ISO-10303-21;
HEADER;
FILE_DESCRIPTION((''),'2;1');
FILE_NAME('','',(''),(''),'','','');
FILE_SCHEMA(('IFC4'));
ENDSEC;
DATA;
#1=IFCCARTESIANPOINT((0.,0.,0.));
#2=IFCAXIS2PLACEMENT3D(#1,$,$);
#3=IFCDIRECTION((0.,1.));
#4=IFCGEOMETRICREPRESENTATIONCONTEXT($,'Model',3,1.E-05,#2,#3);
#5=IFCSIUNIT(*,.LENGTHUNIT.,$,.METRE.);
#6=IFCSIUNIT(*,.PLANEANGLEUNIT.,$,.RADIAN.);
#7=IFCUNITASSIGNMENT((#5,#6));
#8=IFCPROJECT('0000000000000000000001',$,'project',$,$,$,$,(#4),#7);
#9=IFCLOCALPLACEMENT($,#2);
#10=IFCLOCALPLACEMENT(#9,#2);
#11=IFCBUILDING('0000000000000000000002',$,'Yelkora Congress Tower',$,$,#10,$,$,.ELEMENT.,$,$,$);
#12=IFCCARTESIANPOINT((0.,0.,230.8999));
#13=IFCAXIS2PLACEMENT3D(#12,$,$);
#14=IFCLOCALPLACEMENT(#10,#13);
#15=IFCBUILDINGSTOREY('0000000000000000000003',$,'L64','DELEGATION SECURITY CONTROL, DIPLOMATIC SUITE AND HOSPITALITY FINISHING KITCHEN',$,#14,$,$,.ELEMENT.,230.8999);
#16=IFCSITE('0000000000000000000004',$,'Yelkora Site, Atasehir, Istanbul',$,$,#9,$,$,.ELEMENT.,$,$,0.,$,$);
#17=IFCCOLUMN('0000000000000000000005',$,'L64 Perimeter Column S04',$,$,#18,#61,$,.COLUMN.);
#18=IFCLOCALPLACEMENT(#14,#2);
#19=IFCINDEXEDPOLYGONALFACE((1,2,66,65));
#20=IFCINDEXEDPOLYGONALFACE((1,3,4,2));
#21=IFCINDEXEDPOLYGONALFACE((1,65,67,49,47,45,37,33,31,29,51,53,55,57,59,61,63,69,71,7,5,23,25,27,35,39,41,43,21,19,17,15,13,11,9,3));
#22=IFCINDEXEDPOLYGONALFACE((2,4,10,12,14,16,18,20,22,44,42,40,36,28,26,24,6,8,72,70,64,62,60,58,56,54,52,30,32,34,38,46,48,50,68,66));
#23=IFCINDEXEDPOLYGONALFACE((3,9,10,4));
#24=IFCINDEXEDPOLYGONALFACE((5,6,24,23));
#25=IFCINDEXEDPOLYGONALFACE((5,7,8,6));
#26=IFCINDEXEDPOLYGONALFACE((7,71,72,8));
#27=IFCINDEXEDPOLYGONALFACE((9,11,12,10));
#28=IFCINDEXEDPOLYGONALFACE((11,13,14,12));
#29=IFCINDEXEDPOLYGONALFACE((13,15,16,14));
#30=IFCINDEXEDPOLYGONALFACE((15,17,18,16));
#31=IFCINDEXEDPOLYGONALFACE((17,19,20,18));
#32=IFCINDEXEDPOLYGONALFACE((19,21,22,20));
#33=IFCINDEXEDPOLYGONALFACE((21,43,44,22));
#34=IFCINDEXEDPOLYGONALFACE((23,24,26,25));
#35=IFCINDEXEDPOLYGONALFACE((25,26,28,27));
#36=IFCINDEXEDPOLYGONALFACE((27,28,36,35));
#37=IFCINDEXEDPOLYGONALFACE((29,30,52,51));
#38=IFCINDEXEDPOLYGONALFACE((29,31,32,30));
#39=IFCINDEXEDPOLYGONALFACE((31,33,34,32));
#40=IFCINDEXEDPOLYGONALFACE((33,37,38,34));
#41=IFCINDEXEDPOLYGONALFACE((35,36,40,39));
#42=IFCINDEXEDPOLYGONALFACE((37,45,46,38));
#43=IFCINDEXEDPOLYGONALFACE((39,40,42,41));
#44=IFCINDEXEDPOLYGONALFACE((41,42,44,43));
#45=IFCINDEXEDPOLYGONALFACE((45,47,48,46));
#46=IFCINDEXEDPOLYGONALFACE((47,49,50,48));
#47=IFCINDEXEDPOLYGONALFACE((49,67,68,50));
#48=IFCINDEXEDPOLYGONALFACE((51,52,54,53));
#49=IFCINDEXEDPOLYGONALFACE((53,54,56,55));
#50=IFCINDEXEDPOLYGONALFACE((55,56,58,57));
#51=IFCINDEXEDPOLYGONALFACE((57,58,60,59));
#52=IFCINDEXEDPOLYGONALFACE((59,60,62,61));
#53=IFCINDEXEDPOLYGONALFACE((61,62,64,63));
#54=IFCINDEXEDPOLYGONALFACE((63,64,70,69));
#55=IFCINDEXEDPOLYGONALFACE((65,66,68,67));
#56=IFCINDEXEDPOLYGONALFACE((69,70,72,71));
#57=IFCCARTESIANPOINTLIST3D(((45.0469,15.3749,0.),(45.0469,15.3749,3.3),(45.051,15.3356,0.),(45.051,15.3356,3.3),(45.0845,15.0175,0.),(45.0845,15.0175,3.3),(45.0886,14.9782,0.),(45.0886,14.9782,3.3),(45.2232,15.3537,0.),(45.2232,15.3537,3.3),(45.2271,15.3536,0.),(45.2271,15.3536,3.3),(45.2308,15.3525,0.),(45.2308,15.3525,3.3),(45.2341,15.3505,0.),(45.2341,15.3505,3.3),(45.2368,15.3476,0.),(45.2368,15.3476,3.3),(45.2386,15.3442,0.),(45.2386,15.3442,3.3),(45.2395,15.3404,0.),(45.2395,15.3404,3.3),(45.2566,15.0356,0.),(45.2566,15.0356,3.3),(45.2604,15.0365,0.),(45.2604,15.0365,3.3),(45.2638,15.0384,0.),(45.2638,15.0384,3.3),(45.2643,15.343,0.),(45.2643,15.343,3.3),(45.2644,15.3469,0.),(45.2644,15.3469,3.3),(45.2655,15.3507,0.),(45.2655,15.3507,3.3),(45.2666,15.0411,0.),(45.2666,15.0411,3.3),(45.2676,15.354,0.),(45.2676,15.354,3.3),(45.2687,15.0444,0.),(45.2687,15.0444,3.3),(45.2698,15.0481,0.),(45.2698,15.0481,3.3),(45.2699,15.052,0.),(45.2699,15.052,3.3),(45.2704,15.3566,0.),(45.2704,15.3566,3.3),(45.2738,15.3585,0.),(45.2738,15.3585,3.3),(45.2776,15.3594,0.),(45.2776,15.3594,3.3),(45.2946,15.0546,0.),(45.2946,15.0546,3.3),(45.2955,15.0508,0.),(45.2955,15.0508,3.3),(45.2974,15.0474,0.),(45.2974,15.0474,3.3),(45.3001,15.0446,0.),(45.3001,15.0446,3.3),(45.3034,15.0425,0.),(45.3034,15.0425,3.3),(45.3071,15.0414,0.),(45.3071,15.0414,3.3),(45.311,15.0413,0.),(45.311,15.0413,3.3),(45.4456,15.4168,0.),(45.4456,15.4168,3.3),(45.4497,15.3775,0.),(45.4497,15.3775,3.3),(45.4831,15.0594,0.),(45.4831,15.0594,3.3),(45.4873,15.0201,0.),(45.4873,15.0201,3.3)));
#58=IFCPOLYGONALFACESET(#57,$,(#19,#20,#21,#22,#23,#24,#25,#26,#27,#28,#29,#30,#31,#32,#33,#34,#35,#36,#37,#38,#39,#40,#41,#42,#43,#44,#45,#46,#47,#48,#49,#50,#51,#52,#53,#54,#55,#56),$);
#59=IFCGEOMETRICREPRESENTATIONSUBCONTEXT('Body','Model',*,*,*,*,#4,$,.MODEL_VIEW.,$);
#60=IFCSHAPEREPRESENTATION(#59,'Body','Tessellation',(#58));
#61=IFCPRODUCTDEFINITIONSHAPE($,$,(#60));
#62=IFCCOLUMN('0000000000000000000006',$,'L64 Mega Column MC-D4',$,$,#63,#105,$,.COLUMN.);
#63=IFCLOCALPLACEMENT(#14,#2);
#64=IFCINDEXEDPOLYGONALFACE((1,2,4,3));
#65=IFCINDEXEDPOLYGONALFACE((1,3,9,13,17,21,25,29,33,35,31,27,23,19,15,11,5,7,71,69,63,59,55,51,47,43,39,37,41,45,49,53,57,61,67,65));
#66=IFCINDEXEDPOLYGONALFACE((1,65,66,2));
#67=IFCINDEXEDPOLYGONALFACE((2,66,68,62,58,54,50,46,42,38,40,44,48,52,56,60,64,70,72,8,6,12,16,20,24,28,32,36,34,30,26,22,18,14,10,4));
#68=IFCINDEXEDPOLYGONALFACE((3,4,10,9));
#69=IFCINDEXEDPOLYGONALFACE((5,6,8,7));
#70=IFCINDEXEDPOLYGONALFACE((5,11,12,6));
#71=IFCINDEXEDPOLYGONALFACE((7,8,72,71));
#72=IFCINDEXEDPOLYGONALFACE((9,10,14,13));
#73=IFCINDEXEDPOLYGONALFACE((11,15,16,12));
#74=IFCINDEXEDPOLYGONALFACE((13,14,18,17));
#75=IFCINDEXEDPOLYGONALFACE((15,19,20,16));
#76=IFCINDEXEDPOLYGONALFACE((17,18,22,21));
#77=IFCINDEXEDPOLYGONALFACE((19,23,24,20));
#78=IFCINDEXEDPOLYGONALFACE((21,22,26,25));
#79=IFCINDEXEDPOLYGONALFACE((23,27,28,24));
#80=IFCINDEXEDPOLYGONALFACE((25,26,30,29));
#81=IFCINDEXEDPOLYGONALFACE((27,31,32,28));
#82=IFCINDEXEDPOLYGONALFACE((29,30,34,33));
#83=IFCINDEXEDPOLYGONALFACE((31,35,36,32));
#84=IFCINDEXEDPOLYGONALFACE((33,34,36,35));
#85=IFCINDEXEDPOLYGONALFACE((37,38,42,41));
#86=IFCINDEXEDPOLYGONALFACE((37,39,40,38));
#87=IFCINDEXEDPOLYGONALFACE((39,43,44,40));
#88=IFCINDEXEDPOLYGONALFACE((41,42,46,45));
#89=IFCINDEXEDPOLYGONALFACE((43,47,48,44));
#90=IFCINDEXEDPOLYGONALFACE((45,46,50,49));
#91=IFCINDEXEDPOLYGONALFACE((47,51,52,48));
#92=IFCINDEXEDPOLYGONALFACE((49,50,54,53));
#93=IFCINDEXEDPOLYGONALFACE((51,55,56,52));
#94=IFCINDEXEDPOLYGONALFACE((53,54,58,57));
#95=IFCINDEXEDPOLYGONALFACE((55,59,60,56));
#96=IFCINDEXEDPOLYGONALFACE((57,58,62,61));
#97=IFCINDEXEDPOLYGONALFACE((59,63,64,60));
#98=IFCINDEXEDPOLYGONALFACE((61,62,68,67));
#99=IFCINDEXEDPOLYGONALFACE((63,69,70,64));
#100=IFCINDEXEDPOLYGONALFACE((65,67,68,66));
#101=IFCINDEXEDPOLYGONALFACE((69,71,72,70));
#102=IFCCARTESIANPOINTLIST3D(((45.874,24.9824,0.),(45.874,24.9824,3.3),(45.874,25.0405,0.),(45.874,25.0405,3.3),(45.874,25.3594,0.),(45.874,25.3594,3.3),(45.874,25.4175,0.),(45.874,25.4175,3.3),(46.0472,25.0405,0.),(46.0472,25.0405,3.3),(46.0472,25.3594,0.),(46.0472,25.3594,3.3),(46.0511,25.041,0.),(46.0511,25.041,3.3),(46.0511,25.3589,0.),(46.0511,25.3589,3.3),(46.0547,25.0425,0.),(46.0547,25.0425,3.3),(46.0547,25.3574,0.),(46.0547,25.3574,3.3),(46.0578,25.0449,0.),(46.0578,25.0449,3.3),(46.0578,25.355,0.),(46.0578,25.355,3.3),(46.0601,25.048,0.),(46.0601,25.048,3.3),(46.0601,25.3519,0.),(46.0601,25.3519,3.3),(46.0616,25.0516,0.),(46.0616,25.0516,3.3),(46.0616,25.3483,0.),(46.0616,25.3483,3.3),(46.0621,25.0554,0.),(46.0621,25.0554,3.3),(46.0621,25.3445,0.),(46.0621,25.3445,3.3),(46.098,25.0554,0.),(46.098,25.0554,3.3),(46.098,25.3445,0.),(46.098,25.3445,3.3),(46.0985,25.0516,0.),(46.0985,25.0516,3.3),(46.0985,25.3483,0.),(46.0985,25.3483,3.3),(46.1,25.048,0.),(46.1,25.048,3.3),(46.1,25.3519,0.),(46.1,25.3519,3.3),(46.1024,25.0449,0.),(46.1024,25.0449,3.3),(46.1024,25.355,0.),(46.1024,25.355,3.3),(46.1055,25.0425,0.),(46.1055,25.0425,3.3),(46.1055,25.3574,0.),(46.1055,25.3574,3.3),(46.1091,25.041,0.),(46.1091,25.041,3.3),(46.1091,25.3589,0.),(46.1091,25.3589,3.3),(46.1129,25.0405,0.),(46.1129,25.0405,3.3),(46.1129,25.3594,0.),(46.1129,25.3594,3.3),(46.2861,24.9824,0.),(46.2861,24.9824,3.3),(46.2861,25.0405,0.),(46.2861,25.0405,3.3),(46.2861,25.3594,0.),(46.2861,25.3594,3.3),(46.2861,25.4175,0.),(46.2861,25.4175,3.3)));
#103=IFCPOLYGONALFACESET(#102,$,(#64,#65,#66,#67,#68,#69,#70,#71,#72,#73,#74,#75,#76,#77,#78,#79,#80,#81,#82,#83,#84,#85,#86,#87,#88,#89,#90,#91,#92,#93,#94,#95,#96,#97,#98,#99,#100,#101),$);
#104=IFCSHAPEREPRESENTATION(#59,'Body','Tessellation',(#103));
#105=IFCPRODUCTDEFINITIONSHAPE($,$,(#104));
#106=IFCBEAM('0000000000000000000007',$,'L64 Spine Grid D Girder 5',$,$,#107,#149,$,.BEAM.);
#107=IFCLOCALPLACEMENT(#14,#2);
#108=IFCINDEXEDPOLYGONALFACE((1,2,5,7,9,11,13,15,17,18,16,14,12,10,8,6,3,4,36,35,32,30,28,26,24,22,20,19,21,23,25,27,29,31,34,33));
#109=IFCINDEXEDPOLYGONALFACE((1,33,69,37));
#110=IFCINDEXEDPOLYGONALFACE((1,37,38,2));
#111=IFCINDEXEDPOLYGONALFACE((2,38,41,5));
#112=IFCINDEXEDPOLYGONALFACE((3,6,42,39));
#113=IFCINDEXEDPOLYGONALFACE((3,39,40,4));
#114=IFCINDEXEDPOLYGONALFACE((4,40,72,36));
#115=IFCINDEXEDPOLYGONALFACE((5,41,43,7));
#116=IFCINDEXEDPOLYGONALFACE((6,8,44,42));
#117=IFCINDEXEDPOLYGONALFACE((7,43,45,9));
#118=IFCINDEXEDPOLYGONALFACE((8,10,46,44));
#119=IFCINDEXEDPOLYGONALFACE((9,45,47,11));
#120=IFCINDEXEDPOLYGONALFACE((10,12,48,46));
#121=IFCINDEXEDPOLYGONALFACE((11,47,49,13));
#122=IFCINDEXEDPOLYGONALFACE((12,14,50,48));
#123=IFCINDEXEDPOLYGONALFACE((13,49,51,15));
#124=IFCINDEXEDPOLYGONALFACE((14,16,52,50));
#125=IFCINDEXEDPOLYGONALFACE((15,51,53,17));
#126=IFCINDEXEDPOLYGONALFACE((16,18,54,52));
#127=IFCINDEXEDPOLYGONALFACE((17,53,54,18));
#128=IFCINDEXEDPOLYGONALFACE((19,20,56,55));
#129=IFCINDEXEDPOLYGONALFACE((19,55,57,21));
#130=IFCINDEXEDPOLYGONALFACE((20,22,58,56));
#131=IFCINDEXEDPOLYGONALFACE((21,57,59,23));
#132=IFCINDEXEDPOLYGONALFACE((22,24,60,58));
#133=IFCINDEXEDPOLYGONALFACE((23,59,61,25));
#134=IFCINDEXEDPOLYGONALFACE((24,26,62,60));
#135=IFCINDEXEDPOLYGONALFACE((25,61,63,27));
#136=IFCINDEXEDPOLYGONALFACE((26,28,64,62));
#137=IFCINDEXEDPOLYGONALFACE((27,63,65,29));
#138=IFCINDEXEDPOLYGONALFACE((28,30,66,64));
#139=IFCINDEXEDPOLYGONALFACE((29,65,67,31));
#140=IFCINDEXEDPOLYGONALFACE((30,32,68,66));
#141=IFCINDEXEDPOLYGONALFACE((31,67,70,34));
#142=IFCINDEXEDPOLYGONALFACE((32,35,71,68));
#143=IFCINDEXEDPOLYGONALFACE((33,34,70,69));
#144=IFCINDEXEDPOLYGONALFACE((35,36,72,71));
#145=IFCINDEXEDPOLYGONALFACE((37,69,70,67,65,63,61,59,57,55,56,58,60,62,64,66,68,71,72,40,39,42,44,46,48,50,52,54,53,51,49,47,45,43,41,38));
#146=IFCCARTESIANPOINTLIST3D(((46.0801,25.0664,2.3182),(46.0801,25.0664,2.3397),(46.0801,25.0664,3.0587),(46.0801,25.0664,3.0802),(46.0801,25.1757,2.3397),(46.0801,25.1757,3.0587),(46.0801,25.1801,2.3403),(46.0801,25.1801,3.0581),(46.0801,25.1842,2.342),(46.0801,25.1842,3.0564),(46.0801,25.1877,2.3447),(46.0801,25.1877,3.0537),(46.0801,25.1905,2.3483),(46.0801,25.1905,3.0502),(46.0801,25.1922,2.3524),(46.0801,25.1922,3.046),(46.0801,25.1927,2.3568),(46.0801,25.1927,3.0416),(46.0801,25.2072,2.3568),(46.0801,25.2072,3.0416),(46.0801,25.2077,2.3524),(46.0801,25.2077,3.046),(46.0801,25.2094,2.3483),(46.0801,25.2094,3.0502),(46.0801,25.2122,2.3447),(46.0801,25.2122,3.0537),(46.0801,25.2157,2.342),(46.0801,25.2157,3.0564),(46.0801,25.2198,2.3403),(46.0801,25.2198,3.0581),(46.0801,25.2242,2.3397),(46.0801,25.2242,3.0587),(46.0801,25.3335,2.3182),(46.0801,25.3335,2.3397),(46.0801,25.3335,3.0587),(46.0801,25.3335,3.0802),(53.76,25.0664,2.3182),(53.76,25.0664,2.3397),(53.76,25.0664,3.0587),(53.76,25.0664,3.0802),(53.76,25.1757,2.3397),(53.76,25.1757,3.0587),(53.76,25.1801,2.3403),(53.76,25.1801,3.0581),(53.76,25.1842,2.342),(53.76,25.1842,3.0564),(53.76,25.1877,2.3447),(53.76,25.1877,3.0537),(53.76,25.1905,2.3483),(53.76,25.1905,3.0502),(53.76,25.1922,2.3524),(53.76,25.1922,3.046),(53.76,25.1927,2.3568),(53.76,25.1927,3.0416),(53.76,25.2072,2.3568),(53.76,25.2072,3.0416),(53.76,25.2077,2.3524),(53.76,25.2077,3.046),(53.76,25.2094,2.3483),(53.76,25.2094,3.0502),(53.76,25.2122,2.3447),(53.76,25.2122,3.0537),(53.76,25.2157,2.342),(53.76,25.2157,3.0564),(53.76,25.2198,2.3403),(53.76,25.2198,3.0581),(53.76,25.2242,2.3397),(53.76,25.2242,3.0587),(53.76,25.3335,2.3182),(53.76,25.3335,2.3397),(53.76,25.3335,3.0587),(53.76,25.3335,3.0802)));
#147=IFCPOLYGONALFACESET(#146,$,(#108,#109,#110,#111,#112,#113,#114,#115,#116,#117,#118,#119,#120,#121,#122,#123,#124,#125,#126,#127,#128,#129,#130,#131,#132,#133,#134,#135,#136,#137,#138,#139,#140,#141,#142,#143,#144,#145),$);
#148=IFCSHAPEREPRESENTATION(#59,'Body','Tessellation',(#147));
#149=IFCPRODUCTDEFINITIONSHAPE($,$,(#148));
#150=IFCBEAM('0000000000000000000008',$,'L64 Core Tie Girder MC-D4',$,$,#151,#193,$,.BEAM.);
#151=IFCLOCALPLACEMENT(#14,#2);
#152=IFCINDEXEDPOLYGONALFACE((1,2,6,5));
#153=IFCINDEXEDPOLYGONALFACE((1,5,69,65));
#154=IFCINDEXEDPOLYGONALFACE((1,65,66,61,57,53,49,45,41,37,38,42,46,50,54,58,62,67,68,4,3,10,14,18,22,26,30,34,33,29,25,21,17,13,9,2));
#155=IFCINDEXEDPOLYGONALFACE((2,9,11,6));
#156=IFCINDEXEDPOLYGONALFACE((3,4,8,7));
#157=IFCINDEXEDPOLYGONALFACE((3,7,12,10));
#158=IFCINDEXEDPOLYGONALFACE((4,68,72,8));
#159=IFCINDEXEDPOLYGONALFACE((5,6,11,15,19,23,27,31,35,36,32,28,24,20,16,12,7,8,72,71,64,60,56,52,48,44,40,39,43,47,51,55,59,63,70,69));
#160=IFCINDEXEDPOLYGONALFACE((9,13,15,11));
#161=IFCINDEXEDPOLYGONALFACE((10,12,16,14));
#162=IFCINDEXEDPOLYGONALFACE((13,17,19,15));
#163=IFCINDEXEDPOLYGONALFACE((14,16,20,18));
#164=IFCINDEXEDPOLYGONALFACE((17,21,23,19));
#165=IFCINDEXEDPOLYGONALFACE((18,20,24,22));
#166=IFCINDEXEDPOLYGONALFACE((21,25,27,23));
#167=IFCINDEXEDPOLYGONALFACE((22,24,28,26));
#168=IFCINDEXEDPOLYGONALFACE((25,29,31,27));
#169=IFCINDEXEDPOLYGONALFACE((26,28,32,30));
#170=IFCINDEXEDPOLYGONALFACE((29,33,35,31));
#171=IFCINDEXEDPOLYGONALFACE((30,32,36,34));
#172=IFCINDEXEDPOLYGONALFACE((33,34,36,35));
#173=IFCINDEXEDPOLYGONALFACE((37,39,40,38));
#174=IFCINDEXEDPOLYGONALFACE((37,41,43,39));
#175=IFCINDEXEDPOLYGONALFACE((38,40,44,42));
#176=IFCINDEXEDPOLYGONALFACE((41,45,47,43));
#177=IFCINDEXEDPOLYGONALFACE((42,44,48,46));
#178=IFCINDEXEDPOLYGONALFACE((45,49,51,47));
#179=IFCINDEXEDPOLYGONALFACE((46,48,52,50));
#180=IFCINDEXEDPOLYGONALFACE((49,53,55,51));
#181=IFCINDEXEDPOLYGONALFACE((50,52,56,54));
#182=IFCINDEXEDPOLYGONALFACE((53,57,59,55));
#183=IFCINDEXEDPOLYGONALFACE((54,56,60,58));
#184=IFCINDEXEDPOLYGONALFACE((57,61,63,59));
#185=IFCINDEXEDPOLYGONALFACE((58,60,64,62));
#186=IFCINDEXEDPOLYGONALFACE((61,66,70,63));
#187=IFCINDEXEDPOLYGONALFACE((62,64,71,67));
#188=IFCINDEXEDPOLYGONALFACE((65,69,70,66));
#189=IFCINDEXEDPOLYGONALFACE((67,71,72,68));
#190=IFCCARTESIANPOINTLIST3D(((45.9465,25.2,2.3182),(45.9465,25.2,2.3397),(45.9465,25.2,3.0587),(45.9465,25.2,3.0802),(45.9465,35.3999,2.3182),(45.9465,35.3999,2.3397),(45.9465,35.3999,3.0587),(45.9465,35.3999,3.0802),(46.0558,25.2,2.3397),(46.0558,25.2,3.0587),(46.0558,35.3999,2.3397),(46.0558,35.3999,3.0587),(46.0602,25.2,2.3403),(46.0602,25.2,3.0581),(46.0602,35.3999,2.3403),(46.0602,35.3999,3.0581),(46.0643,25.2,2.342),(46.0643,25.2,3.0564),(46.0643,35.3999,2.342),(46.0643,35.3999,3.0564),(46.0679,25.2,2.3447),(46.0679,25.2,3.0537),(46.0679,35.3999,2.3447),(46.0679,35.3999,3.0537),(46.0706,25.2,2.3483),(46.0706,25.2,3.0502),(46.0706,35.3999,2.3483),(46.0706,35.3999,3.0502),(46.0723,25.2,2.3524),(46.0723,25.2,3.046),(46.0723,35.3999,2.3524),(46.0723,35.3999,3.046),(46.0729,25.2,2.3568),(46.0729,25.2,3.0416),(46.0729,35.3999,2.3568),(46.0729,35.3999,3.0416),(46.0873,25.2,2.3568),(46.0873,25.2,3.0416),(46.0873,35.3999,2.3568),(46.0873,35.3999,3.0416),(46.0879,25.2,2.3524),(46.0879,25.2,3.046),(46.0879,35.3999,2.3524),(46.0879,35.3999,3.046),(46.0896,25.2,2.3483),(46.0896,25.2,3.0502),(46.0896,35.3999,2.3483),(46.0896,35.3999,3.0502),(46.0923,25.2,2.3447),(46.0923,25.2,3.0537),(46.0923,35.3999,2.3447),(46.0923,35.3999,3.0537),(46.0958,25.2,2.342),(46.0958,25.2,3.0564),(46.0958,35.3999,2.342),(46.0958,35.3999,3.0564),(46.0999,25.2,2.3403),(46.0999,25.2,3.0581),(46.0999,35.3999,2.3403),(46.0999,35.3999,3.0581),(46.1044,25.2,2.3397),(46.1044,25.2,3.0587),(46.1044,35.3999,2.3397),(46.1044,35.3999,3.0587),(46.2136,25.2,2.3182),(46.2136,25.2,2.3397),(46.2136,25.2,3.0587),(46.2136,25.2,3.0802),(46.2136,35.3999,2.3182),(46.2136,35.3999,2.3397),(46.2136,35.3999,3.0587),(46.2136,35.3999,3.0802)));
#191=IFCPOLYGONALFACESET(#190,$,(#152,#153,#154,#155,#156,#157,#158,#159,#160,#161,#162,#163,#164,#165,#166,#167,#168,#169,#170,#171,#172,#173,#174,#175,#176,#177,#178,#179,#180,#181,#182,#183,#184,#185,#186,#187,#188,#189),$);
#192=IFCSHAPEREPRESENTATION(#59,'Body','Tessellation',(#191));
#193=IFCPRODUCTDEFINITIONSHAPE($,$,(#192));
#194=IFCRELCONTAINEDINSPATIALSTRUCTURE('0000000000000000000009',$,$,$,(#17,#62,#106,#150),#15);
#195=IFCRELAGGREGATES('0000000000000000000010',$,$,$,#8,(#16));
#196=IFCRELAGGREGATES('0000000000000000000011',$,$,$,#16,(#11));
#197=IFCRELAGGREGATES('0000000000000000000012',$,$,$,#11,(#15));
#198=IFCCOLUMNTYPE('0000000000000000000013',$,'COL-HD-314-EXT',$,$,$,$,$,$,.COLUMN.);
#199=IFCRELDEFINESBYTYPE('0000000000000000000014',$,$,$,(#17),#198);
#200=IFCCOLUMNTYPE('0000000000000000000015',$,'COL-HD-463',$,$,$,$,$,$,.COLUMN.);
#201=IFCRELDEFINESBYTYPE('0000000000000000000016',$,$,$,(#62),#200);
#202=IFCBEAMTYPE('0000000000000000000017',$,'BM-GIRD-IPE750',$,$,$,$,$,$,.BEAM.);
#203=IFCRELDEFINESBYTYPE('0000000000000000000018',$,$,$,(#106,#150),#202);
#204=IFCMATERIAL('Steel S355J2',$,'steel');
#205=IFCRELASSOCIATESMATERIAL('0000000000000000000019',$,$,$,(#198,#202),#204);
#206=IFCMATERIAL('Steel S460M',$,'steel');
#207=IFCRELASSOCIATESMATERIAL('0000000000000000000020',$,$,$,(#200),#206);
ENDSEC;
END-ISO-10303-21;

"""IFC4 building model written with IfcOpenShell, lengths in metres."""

from ifc_helpers import new_model, si_unit, direction, frame, origin, origin_2d, place, context, subcontext, project, spatial, i_section, extrude, material, material_profile, profile_set, type_object, element, save


model = new_model("IFC4")

# Units and contexts
model_context = context("Model", 3, precision=1e-05, world=origin(), true_north=direction((0.0, 1.0)))
body_context = subcontext(model_context, "Body", "Model", "MODEL_VIEW")
ifc_project = project(units=[si_unit("LENGTHUNIT", "METRE"), si_unit("PLANEANGLEUNIT", "RADIAN")], contexts=[model_context])

# Site, building, storey
site_placement = place(None, origin())
site = spatial("IfcSite", under=ifc_project, at=site_placement, Name="Yelkora Site, Atasehir, Istanbul", CompositionType="ELEMENT", RefElevation=0.0)
building_placement = place(site_placement, origin())
building = spatial("IfcBuilding", under=site, at=building_placement, Name="Yelkora Congress Tower", CompositionType="ELEMENT")
storey_placement = place(building_placement, frame((0.0, 0.0, 230.8999)))
storey = spatial("IfcBuildingStorey", under=building, at=storey_placement, Name="L64", Description="DELEGATION SECURITY CONTROL, DIPLOMATIC SUITE AND HOSPITALITY FINISHING KITCHEN", CompositionType="ELEMENT", Elevation=230.8999)

# Columns
ifc_material_1 = material(Name="Steel S355J2", Category="steel")
ifc_material_profile_1 = material_profile(ifc_material_1, i_section(OverallWidth=0.4009, OverallDepth=0.3989, WebThickness=0.0249, FlangeThickness=0.0396, FilletRadius=0.0149, at=origin_2d()), Name="HD 400x314")
ifc_profile_set_1 = profile_set([ifc_material_profile_1], Name="Steel S355J2")
column_type_1 = type_object("IfcColumnType", Name="COL-HD-314-EXT", PredefinedType="COLUMN", material=ifc_profile_set_1)
column_1_placement = place(storey_placement, frame((45.2671, 15.1975, 0.0), z_axis=(0.0, 0.0, 1.0), x_axis=(0.994522, 0.104528, 0.0)))
element("IfcColumn", 1, at=column_1_placement, inside=storey, type_object=column_type_1, Name="L64 Perimeter Column S04", PredefinedType="COLUMN", context=body_context, shape_type="SweptSolid", body=[
    extrude(i_section(OverallWidth=0.4009, OverallDepth=0.3989, WebThickness=0.0249, FlangeThickness=0.0396, FilletRadius=0.0149, at=origin_2d()), origin(), (0.0, 0.0, 1.0), 3.3),
])
ifc_material_2 = material(Name="Steel S460M", Category="steel")
ifc_material_profile_2 = material_profile(ifc_material_2, i_section(OverallWidth=0.4121, OverallDepth=0.4351, WebThickness=0.0359, FlangeThickness=0.0581, FilletRadius=0.0149, at=origin_2d()), Name="HD 400x463")
ifc_profile_set_2 = profile_set([ifc_material_profile_2], Name="Steel S460M")
column_type_2 = type_object("IfcColumnType", Name="COL-HD-463", PredefinedType="COLUMN", material=ifc_profile_set_2)
column_2_placement = place(storey_placement, frame((46.0801, 25.2, 0.0), z_axis=(0.0, 0.0, 1.0), x_axis=(1.0, 0.0, 0.0)))
element("IfcColumn", 2, at=column_2_placement, inside=storey, type_object=column_type_2, Name="L64 Mega Column MC-D4", PredefinedType="COLUMN", context=body_context, shape_type="SweptSolid", body=[
    extrude(i_section(OverallWidth=0.4121, OverallDepth=0.4351, WebThickness=0.0359, FlangeThickness=0.0581, FilletRadius=0.0149, at=origin_2d()), origin(), (0.0, 0.0, 1.0), 3.3),
])

# Beams
ifc_material_profile_3 = material_profile(ifc_material_1, i_section(OverallWidth=0.2671, OverallDepth=0.762, WebThickness=0.0144, FlangeThickness=0.0215, FilletRadius=0.0171, at=origin_2d()), Name="IPE 750x173")
ifc_profile_set_3 = profile_set([ifc_material_profile_3], Name="Steel S355J2")
beam_type_1 = type_object("IfcBeamType", Name="BM-GIRD-IPE750", PredefinedType="BEAM", material=ifc_profile_set_3)
beam_1_placement = place(storey_placement, frame((46.0801, 25.2, 2.6992), z_axis=(1.0, 0.0, 0.0), x_axis=(0.0, 1.0, 0.0)))
element("IfcBeam", 3, at=beam_1_placement, inside=storey, type_object=beam_type_1, Name="L64 Spine Grid D Girder 5", PredefinedType="BEAM", context=body_context, shape_type="SweptSolid", body=[
    extrude(i_section(OverallWidth=0.2671, OverallDepth=0.762, WebThickness=0.0144, FlangeThickness=0.0215, FilletRadius=0.0171, at=origin_2d()), origin(), (0.0, 0.0, 1.0), 7.6799),
])
beam_2_placement = place(storey_placement, frame((46.0801, 25.2, 2.6992), z_axis=(0.0, 1.0, 0.0), x_axis=(-1.0, 0.0, 0.0)))
element("IfcBeam", 4, at=beam_2_placement, inside=storey, type_object=beam_type_1, Name="L64 Core Tie Girder MC-D4", PredefinedType="BEAM", context=body_context, shape_type="SweptSolid", body=[
    extrude(i_section(OverallWidth=0.2671, OverallDepth=0.762, WebThickness=0.0144, FlangeThickness=0.0215, FilletRadius=0.0171, at=origin_2d()), origin(), (0.0, 0.0, 1.0), 10.2),
])

save(model, "model.ifc")
